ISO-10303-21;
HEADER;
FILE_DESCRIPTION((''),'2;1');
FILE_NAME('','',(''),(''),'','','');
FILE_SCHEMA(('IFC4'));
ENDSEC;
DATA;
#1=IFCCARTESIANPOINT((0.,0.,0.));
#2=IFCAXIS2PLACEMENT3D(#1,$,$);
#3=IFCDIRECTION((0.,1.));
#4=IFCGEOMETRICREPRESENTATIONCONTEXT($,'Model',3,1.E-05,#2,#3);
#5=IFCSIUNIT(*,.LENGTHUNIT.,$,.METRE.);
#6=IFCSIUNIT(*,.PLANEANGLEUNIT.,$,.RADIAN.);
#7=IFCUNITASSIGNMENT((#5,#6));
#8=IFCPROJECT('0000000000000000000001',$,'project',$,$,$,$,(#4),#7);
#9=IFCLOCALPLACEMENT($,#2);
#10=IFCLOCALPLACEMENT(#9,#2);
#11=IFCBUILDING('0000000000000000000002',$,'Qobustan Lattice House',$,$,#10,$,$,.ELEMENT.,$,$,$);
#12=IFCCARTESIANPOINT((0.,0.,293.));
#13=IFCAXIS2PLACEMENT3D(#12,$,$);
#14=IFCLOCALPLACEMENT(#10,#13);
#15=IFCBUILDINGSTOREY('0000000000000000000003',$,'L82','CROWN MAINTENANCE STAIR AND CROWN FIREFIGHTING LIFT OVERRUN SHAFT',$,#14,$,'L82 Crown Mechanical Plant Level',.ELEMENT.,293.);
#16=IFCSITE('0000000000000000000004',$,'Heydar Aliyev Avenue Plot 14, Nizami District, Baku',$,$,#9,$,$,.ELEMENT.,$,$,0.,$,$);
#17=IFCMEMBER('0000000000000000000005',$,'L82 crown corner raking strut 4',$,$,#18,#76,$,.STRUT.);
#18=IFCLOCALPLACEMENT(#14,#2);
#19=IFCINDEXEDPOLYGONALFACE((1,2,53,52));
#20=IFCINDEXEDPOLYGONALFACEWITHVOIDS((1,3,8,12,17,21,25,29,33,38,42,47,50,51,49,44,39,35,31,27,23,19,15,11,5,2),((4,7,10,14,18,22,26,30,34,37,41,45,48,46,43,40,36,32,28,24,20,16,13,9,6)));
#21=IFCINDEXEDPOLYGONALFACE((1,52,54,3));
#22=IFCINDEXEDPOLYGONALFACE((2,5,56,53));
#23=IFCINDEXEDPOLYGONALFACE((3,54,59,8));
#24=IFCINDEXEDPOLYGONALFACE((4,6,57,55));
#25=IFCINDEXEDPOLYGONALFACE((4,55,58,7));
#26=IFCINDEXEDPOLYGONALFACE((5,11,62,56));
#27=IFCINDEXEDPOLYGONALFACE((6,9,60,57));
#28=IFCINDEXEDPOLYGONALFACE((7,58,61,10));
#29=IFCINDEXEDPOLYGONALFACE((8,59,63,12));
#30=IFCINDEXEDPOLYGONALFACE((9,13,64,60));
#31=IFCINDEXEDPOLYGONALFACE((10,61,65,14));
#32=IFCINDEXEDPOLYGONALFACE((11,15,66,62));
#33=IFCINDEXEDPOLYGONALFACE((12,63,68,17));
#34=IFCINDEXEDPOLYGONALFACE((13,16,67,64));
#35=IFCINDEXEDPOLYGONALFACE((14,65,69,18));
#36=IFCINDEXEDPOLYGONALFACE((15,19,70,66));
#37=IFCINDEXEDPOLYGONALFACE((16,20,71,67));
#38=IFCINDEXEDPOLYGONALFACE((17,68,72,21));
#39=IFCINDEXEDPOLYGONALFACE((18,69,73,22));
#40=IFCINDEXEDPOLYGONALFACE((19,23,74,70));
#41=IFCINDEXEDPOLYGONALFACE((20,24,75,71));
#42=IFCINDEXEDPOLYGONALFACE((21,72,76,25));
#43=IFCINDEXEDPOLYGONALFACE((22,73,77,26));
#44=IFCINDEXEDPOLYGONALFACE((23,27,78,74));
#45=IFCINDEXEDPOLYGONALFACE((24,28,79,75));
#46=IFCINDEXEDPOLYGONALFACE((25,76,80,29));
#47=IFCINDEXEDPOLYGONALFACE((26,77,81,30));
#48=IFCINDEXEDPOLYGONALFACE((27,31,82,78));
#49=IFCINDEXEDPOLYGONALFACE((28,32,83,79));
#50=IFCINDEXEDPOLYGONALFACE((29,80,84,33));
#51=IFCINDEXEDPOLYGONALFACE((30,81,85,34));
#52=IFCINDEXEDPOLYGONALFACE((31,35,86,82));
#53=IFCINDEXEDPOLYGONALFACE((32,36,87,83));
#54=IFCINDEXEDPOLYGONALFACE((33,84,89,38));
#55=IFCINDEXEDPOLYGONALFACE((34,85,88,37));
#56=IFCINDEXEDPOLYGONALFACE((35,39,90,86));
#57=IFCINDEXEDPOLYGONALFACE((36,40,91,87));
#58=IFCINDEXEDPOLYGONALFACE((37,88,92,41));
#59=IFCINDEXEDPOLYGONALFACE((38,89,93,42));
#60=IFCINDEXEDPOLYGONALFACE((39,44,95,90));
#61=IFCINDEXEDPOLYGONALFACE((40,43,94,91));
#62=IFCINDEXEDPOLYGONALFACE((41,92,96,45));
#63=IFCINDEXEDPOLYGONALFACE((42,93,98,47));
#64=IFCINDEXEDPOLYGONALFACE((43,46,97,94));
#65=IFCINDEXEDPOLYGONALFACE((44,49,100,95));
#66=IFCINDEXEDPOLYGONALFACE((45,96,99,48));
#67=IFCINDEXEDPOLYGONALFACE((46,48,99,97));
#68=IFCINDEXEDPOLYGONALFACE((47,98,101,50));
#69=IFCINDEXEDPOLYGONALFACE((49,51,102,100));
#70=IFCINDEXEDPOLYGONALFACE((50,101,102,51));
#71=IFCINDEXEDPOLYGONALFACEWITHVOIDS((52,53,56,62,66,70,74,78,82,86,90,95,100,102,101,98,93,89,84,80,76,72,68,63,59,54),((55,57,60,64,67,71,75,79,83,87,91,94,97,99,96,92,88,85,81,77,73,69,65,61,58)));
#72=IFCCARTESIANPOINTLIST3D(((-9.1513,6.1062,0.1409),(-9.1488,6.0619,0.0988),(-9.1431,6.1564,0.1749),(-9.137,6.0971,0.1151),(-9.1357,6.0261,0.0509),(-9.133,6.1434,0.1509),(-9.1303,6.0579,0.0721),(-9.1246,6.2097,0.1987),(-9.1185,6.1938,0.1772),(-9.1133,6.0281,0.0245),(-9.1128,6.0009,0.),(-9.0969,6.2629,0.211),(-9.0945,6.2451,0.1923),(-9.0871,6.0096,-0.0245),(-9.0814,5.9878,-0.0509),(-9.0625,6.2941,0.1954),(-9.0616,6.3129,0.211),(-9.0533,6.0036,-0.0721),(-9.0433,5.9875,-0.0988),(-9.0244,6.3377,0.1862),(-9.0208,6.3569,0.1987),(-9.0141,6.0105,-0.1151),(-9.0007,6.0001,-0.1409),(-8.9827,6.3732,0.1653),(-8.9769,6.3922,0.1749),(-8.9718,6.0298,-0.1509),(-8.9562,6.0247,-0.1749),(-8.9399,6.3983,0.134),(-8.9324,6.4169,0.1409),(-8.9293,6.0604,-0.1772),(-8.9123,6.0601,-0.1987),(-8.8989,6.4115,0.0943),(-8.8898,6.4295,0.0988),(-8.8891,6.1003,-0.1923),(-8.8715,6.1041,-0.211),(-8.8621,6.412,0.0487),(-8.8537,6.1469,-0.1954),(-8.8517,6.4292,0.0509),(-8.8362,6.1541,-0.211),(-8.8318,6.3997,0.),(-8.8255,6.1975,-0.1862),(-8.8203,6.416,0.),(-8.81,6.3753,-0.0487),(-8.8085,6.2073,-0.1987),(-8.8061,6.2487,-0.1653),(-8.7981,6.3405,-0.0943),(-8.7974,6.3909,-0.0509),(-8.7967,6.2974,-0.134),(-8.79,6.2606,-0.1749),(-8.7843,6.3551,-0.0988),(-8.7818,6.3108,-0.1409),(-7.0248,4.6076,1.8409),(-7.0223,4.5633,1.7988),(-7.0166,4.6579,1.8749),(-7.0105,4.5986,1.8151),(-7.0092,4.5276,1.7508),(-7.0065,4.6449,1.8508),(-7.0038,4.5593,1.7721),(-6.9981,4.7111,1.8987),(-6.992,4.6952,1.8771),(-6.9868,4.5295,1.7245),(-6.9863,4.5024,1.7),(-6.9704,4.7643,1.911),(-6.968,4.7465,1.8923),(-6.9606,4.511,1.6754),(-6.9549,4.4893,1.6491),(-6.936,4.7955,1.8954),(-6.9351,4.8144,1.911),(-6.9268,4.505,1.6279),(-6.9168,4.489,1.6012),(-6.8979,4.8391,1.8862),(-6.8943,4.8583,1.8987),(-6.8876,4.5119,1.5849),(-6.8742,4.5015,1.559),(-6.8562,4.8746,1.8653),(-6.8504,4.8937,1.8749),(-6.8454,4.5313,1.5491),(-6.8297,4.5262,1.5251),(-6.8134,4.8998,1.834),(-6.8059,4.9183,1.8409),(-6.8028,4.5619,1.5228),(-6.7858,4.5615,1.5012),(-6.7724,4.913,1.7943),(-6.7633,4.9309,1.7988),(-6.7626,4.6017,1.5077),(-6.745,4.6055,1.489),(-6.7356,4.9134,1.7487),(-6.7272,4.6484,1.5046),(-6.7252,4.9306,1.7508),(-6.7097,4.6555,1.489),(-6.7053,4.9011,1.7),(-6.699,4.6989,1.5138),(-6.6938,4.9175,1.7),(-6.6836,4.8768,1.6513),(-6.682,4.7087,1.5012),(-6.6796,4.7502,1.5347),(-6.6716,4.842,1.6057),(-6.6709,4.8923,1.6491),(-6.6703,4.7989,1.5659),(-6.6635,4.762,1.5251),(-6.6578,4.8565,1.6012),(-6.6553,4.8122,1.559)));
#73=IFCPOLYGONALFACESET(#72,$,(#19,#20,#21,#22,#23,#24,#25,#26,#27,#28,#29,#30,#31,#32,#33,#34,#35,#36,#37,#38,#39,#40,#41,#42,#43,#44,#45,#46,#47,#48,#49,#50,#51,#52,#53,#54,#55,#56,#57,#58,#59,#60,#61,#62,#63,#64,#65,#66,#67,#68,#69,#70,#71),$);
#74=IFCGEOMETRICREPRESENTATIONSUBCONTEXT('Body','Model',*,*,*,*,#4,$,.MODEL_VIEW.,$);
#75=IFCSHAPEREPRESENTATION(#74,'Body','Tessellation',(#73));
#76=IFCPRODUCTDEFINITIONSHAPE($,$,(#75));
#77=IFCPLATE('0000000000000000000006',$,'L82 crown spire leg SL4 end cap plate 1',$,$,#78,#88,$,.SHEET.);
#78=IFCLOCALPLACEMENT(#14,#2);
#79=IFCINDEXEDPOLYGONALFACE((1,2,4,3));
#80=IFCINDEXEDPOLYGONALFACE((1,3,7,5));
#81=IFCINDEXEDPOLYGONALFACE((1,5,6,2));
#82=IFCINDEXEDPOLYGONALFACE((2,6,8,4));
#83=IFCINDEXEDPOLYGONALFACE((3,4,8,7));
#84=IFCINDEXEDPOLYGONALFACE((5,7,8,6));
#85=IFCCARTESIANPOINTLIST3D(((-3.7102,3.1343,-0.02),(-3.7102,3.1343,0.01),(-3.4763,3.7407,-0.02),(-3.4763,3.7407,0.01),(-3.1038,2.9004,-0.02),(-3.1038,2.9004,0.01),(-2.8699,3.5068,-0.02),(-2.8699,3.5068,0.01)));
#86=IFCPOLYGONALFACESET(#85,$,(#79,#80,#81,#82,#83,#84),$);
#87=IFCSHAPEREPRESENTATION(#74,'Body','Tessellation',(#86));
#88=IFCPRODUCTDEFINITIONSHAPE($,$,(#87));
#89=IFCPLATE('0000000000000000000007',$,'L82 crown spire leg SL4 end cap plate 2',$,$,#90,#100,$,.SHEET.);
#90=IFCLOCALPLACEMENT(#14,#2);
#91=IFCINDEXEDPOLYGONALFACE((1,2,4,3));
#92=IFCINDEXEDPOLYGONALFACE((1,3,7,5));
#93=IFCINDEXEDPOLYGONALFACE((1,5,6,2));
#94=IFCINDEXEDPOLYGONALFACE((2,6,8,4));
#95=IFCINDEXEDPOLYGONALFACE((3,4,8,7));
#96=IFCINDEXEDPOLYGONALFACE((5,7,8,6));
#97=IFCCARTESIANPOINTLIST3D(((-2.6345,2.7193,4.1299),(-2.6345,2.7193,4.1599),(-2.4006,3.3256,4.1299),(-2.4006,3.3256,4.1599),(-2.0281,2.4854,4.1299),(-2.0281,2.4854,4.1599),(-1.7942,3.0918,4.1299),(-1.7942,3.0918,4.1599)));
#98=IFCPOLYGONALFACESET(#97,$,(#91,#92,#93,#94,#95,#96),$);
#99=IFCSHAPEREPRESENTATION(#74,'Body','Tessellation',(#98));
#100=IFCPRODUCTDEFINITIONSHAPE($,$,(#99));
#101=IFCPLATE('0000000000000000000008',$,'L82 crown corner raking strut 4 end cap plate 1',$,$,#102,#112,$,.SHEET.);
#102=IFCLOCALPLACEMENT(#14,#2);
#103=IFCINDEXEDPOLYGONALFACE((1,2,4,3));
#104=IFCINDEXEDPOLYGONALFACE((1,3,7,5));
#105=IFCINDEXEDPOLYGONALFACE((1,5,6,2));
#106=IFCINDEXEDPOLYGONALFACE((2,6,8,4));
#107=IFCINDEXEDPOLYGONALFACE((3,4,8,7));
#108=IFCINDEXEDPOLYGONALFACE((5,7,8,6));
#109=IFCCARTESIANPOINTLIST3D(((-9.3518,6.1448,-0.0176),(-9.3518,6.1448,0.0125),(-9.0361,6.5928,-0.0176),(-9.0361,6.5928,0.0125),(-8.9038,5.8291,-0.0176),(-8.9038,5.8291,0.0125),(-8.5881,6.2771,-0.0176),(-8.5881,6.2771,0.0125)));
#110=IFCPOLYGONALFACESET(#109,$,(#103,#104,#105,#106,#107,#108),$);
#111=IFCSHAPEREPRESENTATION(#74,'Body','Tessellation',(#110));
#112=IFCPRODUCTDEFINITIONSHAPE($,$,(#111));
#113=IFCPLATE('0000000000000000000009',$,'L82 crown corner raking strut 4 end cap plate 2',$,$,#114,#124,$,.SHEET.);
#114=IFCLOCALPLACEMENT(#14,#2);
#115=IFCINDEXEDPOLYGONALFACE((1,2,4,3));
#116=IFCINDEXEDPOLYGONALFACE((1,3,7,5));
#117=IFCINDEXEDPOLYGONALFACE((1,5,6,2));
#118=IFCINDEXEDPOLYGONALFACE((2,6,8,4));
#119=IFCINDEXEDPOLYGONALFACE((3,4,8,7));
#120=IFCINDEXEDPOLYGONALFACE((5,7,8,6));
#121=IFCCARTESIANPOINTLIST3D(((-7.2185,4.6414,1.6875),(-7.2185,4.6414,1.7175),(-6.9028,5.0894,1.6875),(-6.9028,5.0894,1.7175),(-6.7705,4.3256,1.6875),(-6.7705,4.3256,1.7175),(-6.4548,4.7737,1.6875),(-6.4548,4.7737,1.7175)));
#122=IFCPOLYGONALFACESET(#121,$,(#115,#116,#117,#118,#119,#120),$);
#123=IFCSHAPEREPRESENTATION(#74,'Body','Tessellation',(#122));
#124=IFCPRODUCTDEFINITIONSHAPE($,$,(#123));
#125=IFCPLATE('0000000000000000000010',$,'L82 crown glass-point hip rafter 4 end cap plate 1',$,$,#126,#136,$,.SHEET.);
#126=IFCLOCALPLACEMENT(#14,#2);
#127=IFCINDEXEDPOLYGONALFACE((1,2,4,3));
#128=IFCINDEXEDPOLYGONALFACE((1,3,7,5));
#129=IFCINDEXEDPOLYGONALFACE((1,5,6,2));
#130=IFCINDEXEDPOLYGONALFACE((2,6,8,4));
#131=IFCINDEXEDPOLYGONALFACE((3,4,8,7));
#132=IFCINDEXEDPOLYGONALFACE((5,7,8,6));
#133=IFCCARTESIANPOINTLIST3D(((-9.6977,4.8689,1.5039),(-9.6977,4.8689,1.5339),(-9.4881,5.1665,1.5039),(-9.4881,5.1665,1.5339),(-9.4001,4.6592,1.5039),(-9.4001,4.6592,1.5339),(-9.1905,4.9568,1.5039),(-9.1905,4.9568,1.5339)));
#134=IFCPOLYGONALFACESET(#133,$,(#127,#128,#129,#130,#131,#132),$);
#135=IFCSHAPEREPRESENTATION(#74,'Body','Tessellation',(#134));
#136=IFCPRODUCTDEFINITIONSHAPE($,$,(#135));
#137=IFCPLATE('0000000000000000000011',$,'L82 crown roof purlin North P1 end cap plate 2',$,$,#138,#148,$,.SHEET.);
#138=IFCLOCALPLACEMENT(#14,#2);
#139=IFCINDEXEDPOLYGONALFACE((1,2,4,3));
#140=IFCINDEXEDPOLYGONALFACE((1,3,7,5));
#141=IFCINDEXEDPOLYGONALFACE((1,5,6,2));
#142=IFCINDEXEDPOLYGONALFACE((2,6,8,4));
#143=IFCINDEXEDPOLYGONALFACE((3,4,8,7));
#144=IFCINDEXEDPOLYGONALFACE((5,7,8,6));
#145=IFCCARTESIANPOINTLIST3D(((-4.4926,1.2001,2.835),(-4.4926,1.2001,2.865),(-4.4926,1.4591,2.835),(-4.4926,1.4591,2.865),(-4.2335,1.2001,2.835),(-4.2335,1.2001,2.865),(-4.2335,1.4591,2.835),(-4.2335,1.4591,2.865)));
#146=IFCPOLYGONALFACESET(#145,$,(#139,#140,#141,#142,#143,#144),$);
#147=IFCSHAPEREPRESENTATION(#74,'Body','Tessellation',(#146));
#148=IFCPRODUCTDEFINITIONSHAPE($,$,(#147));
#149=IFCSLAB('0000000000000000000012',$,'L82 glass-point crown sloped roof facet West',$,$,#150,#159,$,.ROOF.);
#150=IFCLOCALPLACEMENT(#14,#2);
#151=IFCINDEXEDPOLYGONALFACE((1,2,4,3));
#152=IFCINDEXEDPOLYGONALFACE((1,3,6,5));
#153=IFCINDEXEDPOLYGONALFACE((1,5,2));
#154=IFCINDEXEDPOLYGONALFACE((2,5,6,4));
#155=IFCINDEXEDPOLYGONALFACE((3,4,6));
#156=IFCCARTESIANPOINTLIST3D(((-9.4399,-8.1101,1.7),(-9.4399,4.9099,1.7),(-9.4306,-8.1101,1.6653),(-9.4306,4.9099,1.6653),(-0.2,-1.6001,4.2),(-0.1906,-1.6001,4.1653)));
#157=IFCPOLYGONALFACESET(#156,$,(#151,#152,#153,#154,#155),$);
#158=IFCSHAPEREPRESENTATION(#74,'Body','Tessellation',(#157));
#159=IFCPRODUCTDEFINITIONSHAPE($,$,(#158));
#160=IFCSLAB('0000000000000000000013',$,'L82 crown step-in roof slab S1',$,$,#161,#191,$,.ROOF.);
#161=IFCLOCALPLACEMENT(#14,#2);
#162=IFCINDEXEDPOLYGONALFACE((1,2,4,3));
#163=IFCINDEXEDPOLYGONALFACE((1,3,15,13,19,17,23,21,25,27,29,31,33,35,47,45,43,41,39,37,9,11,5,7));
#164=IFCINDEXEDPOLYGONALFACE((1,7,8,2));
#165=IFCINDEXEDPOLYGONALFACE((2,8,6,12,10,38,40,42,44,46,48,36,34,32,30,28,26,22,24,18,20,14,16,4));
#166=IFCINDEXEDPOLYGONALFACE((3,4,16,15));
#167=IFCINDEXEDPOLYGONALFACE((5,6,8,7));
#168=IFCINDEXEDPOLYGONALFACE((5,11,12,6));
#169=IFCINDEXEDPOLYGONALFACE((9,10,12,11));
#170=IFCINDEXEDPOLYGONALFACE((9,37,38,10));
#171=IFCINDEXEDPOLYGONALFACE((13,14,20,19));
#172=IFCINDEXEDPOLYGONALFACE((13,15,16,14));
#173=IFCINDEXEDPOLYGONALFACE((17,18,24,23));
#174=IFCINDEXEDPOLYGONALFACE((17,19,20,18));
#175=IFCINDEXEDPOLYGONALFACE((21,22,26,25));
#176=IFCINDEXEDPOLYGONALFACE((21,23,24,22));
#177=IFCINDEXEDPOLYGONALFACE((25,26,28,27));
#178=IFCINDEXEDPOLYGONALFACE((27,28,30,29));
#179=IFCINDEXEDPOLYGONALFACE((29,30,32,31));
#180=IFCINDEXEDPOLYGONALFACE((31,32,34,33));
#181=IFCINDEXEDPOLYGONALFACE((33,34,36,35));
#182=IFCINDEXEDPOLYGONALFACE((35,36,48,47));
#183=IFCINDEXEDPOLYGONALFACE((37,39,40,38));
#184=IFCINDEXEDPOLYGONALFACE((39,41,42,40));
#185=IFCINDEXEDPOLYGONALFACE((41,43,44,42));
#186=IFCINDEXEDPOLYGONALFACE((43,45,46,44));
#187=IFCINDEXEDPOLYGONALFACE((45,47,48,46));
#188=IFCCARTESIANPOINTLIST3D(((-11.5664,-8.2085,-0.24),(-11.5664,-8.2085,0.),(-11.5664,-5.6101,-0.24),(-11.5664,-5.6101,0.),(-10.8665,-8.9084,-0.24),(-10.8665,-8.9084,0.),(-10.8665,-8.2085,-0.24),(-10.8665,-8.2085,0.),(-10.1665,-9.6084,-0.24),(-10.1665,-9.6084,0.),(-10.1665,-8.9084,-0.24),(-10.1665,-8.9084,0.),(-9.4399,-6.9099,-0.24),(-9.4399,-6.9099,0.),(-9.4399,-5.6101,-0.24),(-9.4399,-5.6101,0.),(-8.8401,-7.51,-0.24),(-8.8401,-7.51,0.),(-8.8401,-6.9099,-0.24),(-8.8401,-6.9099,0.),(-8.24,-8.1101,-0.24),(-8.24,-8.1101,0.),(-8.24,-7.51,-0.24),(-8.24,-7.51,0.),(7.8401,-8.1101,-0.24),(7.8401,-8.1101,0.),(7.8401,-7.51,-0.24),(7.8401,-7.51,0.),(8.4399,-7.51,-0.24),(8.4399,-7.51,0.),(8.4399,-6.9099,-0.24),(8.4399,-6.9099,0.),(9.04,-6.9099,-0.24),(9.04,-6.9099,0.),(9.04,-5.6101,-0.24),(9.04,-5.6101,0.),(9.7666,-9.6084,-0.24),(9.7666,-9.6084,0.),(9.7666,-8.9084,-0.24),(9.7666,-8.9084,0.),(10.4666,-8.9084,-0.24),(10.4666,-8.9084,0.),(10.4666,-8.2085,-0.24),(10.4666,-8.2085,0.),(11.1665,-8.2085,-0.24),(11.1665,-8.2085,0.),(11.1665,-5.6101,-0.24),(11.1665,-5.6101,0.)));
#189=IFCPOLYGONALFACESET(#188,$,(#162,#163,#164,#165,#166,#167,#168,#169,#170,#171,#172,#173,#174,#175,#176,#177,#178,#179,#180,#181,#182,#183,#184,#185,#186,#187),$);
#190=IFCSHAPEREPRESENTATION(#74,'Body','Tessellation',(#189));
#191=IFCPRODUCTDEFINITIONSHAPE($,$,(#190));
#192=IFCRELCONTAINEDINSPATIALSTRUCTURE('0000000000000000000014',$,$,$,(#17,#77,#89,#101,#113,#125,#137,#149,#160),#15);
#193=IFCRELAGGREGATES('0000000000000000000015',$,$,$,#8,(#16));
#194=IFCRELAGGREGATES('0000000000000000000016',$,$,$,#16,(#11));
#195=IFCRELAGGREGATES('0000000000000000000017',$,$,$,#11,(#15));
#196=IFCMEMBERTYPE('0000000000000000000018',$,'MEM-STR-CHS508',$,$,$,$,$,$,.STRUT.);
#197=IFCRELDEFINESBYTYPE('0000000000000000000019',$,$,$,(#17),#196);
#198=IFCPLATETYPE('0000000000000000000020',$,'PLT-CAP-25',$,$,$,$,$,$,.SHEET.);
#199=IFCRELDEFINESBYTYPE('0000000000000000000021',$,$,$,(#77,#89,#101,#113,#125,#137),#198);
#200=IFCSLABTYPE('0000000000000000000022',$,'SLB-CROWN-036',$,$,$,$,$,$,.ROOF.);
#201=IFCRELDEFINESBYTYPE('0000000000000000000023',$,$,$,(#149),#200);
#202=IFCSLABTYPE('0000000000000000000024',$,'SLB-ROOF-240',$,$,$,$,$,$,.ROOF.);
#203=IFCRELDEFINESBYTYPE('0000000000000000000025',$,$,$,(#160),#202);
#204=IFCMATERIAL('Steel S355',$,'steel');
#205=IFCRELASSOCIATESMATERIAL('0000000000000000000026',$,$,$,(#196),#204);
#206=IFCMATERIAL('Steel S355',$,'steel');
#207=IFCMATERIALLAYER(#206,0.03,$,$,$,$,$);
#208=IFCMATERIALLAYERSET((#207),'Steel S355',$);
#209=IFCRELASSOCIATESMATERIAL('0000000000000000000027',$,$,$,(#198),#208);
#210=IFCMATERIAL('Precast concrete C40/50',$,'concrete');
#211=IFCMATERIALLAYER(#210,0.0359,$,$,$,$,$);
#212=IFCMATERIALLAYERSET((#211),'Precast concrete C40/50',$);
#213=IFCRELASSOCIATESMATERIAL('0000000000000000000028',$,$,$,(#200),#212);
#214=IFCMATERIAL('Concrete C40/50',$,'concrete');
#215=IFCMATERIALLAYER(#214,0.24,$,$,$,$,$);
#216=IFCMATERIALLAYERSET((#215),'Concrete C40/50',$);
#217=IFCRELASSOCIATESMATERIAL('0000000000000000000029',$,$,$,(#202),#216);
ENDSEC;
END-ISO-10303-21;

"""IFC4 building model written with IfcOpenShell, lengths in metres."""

from ifc_helpers import new_model, si_unit, direction, frame, origin, origin_2d, place, context, subcontext, project, spatial, polyline, rectangle, hollow_circle, outline, extrude, material, layer, layer_set, material_profile, profile_set, type_object, element, save


model = new_model("IFC4")

# Units and contexts
model_context = context("Model", 3, precision=1e-05, world=origin(), true_north=direction((0.0, 1.0)))
body_context = subcontext(model_context, "Body", "Model", "MODEL_VIEW")
ifc_project = project(units=[si_unit("LENGTHUNIT", "METRE"), si_unit("PLANEANGLEUNIT", "RADIAN")], contexts=[model_context])

# Site, building, storey
site_placement = place(None, origin())
site = spatial("IfcSite", under=ifc_project, at=site_placement, Name="Heydar Aliyev Avenue Plot 14, Nizami District, Baku", CompositionType="ELEMENT", RefElevation=0.0)
building_placement = place(site_placement, origin())
building = spatial("IfcBuilding", under=site, at=building_placement, Name="Qobustan Lattice House", CompositionType="ELEMENT")
storey_placement = place(building_placement, frame((0.0, 0.0, 293.0)))
storey = spatial("IfcBuildingStorey", under=building, at=storey_placement, Name="L82", Description="CROWN MAINTENANCE STAIR AND CROWN FIREFIGHTING LIFT OVERRUN SHAFT", LongName="L82 Crown Mechanical Plant Level", CompositionType="ELEMENT", Elevation=293.0)

# Member
ifc_material_1 = material(Name="Steel S355", Category="steel")
ifc_material_profile_1 = material_profile(ifc_material_1, hollow_circle(Radius=0.2539, WallThickness=0.02, at=origin_2d()), Name="CHS508x20")
ifc_profile_set_1 = profile_set([ifc_material_profile_1], Name="Steel S355")
member_type_1 = type_object("IfcMemberType", Name="MEM-STR-CHS508", PredefinedType="STRUT", material=ifc_profile_set_1)
member_1_placement = place(storey_placement, frame((-8.9666, 6.2085, 0.0), z_axis=(0.684275, -0.482213, 0.547027), x_axis=(0.576042, 0.81742, 0.0)))
element("IfcMember", 1, at=member_1_placement, inside=storey, type_object=member_type_1, Name="L82 crown corner raking strut 4", PredefinedType="STRUT", context=body_context, shape_type="SweptSolid", body=[
    extrude(hollow_circle(Radius=0.2539, WallThickness=0.02, at=origin_2d()), origin(), (0.0, 0.0, 1.0), 3.1077),
])

# Plates
ifc_material_2 = material(Name="Steel S355", Category="steel")
ifc_layer_1 = layer(ifc_material_2, 0.03)
ifc_layer_set_1 = layer_set([ifc_layer_1], Name="Steel S355")
plate_type = type_object("IfcPlateType", Name="PLT-CAP-25", PredefinedType="SHEET", material=ifc_layer_set_1)
for number, where, z_axis, x_axis, name in (
    (2, (-3.29, 3.3206, -0.02), (0.0, 0.0, 1.0), (0.932998, -0.359883, 0.0), "L82 crown spire leg SL4 end cap plate 1"),
    (3, (-2.2144, 2.9055, 4.1299), (0.0, 0.0, 1.0), (0.932998, -0.359883, 0.0), "L82 crown spire leg SL4 end cap plate 2"),
):
    element("IfcPlate", number, at=place(storey_placement, frame(where, z_axis=z_axis, x_axis=x_axis)), inside=storey, type_object=plate_type, Name=name, PredefinedType="SHEET", context=body_context, shape_type="SweptSolid", body=[
        extrude(rectangle(XDim=0.6499, YDim=0.6499, at=origin_2d()), origin(), (0.0, 0.0, 1.0), 0.03),
    ])
for number, where, z_axis, x_axis, name in (
    (4, (-8.97, 6.2109, -0.0176), (0.0, 0.0, 1.0), (0.817426, -0.576033, 0.0), "L82 crown corner raking strut 4 end cap plate 1"),
    (5, (-6.8367, 4.7075, 1.6875), (0.0, 0.0, 1.0), (0.817426, -0.576033, 0.0), "L82 crown corner raking strut 4 end cap plate 2"),
):
    element("IfcPlate", number, at=place(storey_placement, frame(where, z_axis=z_axis, x_axis=x_axis)), inside=storey, type_object=plate_type, Name=name, PredefinedType="SHEET", context=body_context, shape_type="SweptSolid", body=[
        extrude(rectangle(XDim=0.5481, YDim=0.5481, at=origin_2d()), origin(), (0.0, 0.0, 1.0), 0.03),
    ])
plate_1_placement = place(storey_placement, frame((-9.4441, 4.9128, 1.5039), z_axis=(0.0, 0.0, 1.0), x_axis=(0.817487, -0.575947, 0.0)))
element("IfcPlate", 6, at=plate_1_placement, inside=storey, type_object=plate_type, Name="L82 crown glass-point hip rafter 4 end cap plate 1", PredefinedType="SHEET", context=body_context, shape_type="SweptSolid", body=[
    extrude(rectangle(XDim=0.364, YDim=0.364, at=origin_2d()), origin(), (0.0, 0.0, 1.0), 0.03),
])
plate_2_placement = place(storey_placement, frame((-4.363, 1.3296, 2.835), z_axis=(0.0, 0.0, 1.0), x_axis=(-1.0, 0.0, 0.0)))
element("IfcPlate", 7, at=plate_2_placement, inside=storey, type_object=plate_type, Name="L82 crown roof purlin North P1 end cap plate 2", PredefinedType="SHEET", context=body_context, shape_type="SweptSolid", body=[
    extrude(rectangle(XDim=0.259, YDim=0.259, at=origin_2d()), origin(), (0.0, 0.0, 1.0), 0.03),
])

# Slabs
ifc_material_3 = material(Name="Precast concrete C40/50", Category="concrete")
ifc_layer_2 = layer(ifc_material_3, 0.0359)
ifc_layer_set_2 = layer_set([ifc_layer_2], Name="Precast concrete C40/50")
slab_type_1 = type_object("IfcSlabType", Name="SLB-CROWN-036", PredefinedType="ROOF", material=ifc_layer_set_2)
slab_1_placement = place(storey_placement, frame((-9.4399, 4.9099, 1.7), z_axis=(-0.261172, 0.0, 0.965292), x_axis=(0.0, -1.0, 0.0)))
element("IfcSlab", 8, at=slab_1_placement, inside=storey, type_object=slab_type_1, Name="L82 glass-point crown sloped roof facet West", PredefinedType="ROOF", context=body_context, shape_type="SweptSolid", body=[
    extrude(outline(polyline([(0.0, 0.0), (13.02, 0.0), (6.51, 9.5722), (0.0, 0.0)])), origin(), (0.0, 0.0, -1.0), 0.0359),
])
ifc_material_4 = material(Name="Concrete C40/50", Category="concrete")
ifc_layer_3 = layer(ifc_material_4, 0.24)
ifc_layer_set_3 = layer_set([ifc_layer_3], Name="Concrete C40/50")
slab_type_2 = type_object("IfcSlabType", Name="SLB-ROOF-240", PredefinedType="ROOF", material=ifc_layer_set_3)
slab_2_placement = place(storey_placement, frame((0.0, 0.0, -0.24)))
element("IfcSlab", 9, at=slab_2_placement, inside=storey, type_object=slab_type_2, Name="L82 crown step-in roof slab S1", PredefinedType="ROOF", context=body_context, shape_type="SweptSolid", body=[
    extrude(outline(polyline([(-10.1665, -8.9084), (-10.1665, -9.6084), (9.7666, -9.6084), (9.7666, -8.9084), (10.4666, -8.9084), (10.4666, -8.2085), (11.1665, -8.2085), (11.1665, -5.6101), (9.04, -5.6101), (9.04, -6.9099), (8.4399, -6.9099), (8.4399, -7.51), (7.8401, -7.51), (7.8401, -8.1101), (-8.24, -8.1101), (-8.24, -7.51), (-8.8401, -7.51), (-8.8401, -6.9099), (-9.4399, -6.9099), (-9.4399, -5.6101), (-11.5664, -5.6101), (-11.5664, -8.2085), (-10.8665, -8.2085), (-10.8665, -8.9084), (-10.1665, -8.9084)])), origin(), (0.0, 0.0, 1.0), 0.24),
])

save(model, "model.ifc")
